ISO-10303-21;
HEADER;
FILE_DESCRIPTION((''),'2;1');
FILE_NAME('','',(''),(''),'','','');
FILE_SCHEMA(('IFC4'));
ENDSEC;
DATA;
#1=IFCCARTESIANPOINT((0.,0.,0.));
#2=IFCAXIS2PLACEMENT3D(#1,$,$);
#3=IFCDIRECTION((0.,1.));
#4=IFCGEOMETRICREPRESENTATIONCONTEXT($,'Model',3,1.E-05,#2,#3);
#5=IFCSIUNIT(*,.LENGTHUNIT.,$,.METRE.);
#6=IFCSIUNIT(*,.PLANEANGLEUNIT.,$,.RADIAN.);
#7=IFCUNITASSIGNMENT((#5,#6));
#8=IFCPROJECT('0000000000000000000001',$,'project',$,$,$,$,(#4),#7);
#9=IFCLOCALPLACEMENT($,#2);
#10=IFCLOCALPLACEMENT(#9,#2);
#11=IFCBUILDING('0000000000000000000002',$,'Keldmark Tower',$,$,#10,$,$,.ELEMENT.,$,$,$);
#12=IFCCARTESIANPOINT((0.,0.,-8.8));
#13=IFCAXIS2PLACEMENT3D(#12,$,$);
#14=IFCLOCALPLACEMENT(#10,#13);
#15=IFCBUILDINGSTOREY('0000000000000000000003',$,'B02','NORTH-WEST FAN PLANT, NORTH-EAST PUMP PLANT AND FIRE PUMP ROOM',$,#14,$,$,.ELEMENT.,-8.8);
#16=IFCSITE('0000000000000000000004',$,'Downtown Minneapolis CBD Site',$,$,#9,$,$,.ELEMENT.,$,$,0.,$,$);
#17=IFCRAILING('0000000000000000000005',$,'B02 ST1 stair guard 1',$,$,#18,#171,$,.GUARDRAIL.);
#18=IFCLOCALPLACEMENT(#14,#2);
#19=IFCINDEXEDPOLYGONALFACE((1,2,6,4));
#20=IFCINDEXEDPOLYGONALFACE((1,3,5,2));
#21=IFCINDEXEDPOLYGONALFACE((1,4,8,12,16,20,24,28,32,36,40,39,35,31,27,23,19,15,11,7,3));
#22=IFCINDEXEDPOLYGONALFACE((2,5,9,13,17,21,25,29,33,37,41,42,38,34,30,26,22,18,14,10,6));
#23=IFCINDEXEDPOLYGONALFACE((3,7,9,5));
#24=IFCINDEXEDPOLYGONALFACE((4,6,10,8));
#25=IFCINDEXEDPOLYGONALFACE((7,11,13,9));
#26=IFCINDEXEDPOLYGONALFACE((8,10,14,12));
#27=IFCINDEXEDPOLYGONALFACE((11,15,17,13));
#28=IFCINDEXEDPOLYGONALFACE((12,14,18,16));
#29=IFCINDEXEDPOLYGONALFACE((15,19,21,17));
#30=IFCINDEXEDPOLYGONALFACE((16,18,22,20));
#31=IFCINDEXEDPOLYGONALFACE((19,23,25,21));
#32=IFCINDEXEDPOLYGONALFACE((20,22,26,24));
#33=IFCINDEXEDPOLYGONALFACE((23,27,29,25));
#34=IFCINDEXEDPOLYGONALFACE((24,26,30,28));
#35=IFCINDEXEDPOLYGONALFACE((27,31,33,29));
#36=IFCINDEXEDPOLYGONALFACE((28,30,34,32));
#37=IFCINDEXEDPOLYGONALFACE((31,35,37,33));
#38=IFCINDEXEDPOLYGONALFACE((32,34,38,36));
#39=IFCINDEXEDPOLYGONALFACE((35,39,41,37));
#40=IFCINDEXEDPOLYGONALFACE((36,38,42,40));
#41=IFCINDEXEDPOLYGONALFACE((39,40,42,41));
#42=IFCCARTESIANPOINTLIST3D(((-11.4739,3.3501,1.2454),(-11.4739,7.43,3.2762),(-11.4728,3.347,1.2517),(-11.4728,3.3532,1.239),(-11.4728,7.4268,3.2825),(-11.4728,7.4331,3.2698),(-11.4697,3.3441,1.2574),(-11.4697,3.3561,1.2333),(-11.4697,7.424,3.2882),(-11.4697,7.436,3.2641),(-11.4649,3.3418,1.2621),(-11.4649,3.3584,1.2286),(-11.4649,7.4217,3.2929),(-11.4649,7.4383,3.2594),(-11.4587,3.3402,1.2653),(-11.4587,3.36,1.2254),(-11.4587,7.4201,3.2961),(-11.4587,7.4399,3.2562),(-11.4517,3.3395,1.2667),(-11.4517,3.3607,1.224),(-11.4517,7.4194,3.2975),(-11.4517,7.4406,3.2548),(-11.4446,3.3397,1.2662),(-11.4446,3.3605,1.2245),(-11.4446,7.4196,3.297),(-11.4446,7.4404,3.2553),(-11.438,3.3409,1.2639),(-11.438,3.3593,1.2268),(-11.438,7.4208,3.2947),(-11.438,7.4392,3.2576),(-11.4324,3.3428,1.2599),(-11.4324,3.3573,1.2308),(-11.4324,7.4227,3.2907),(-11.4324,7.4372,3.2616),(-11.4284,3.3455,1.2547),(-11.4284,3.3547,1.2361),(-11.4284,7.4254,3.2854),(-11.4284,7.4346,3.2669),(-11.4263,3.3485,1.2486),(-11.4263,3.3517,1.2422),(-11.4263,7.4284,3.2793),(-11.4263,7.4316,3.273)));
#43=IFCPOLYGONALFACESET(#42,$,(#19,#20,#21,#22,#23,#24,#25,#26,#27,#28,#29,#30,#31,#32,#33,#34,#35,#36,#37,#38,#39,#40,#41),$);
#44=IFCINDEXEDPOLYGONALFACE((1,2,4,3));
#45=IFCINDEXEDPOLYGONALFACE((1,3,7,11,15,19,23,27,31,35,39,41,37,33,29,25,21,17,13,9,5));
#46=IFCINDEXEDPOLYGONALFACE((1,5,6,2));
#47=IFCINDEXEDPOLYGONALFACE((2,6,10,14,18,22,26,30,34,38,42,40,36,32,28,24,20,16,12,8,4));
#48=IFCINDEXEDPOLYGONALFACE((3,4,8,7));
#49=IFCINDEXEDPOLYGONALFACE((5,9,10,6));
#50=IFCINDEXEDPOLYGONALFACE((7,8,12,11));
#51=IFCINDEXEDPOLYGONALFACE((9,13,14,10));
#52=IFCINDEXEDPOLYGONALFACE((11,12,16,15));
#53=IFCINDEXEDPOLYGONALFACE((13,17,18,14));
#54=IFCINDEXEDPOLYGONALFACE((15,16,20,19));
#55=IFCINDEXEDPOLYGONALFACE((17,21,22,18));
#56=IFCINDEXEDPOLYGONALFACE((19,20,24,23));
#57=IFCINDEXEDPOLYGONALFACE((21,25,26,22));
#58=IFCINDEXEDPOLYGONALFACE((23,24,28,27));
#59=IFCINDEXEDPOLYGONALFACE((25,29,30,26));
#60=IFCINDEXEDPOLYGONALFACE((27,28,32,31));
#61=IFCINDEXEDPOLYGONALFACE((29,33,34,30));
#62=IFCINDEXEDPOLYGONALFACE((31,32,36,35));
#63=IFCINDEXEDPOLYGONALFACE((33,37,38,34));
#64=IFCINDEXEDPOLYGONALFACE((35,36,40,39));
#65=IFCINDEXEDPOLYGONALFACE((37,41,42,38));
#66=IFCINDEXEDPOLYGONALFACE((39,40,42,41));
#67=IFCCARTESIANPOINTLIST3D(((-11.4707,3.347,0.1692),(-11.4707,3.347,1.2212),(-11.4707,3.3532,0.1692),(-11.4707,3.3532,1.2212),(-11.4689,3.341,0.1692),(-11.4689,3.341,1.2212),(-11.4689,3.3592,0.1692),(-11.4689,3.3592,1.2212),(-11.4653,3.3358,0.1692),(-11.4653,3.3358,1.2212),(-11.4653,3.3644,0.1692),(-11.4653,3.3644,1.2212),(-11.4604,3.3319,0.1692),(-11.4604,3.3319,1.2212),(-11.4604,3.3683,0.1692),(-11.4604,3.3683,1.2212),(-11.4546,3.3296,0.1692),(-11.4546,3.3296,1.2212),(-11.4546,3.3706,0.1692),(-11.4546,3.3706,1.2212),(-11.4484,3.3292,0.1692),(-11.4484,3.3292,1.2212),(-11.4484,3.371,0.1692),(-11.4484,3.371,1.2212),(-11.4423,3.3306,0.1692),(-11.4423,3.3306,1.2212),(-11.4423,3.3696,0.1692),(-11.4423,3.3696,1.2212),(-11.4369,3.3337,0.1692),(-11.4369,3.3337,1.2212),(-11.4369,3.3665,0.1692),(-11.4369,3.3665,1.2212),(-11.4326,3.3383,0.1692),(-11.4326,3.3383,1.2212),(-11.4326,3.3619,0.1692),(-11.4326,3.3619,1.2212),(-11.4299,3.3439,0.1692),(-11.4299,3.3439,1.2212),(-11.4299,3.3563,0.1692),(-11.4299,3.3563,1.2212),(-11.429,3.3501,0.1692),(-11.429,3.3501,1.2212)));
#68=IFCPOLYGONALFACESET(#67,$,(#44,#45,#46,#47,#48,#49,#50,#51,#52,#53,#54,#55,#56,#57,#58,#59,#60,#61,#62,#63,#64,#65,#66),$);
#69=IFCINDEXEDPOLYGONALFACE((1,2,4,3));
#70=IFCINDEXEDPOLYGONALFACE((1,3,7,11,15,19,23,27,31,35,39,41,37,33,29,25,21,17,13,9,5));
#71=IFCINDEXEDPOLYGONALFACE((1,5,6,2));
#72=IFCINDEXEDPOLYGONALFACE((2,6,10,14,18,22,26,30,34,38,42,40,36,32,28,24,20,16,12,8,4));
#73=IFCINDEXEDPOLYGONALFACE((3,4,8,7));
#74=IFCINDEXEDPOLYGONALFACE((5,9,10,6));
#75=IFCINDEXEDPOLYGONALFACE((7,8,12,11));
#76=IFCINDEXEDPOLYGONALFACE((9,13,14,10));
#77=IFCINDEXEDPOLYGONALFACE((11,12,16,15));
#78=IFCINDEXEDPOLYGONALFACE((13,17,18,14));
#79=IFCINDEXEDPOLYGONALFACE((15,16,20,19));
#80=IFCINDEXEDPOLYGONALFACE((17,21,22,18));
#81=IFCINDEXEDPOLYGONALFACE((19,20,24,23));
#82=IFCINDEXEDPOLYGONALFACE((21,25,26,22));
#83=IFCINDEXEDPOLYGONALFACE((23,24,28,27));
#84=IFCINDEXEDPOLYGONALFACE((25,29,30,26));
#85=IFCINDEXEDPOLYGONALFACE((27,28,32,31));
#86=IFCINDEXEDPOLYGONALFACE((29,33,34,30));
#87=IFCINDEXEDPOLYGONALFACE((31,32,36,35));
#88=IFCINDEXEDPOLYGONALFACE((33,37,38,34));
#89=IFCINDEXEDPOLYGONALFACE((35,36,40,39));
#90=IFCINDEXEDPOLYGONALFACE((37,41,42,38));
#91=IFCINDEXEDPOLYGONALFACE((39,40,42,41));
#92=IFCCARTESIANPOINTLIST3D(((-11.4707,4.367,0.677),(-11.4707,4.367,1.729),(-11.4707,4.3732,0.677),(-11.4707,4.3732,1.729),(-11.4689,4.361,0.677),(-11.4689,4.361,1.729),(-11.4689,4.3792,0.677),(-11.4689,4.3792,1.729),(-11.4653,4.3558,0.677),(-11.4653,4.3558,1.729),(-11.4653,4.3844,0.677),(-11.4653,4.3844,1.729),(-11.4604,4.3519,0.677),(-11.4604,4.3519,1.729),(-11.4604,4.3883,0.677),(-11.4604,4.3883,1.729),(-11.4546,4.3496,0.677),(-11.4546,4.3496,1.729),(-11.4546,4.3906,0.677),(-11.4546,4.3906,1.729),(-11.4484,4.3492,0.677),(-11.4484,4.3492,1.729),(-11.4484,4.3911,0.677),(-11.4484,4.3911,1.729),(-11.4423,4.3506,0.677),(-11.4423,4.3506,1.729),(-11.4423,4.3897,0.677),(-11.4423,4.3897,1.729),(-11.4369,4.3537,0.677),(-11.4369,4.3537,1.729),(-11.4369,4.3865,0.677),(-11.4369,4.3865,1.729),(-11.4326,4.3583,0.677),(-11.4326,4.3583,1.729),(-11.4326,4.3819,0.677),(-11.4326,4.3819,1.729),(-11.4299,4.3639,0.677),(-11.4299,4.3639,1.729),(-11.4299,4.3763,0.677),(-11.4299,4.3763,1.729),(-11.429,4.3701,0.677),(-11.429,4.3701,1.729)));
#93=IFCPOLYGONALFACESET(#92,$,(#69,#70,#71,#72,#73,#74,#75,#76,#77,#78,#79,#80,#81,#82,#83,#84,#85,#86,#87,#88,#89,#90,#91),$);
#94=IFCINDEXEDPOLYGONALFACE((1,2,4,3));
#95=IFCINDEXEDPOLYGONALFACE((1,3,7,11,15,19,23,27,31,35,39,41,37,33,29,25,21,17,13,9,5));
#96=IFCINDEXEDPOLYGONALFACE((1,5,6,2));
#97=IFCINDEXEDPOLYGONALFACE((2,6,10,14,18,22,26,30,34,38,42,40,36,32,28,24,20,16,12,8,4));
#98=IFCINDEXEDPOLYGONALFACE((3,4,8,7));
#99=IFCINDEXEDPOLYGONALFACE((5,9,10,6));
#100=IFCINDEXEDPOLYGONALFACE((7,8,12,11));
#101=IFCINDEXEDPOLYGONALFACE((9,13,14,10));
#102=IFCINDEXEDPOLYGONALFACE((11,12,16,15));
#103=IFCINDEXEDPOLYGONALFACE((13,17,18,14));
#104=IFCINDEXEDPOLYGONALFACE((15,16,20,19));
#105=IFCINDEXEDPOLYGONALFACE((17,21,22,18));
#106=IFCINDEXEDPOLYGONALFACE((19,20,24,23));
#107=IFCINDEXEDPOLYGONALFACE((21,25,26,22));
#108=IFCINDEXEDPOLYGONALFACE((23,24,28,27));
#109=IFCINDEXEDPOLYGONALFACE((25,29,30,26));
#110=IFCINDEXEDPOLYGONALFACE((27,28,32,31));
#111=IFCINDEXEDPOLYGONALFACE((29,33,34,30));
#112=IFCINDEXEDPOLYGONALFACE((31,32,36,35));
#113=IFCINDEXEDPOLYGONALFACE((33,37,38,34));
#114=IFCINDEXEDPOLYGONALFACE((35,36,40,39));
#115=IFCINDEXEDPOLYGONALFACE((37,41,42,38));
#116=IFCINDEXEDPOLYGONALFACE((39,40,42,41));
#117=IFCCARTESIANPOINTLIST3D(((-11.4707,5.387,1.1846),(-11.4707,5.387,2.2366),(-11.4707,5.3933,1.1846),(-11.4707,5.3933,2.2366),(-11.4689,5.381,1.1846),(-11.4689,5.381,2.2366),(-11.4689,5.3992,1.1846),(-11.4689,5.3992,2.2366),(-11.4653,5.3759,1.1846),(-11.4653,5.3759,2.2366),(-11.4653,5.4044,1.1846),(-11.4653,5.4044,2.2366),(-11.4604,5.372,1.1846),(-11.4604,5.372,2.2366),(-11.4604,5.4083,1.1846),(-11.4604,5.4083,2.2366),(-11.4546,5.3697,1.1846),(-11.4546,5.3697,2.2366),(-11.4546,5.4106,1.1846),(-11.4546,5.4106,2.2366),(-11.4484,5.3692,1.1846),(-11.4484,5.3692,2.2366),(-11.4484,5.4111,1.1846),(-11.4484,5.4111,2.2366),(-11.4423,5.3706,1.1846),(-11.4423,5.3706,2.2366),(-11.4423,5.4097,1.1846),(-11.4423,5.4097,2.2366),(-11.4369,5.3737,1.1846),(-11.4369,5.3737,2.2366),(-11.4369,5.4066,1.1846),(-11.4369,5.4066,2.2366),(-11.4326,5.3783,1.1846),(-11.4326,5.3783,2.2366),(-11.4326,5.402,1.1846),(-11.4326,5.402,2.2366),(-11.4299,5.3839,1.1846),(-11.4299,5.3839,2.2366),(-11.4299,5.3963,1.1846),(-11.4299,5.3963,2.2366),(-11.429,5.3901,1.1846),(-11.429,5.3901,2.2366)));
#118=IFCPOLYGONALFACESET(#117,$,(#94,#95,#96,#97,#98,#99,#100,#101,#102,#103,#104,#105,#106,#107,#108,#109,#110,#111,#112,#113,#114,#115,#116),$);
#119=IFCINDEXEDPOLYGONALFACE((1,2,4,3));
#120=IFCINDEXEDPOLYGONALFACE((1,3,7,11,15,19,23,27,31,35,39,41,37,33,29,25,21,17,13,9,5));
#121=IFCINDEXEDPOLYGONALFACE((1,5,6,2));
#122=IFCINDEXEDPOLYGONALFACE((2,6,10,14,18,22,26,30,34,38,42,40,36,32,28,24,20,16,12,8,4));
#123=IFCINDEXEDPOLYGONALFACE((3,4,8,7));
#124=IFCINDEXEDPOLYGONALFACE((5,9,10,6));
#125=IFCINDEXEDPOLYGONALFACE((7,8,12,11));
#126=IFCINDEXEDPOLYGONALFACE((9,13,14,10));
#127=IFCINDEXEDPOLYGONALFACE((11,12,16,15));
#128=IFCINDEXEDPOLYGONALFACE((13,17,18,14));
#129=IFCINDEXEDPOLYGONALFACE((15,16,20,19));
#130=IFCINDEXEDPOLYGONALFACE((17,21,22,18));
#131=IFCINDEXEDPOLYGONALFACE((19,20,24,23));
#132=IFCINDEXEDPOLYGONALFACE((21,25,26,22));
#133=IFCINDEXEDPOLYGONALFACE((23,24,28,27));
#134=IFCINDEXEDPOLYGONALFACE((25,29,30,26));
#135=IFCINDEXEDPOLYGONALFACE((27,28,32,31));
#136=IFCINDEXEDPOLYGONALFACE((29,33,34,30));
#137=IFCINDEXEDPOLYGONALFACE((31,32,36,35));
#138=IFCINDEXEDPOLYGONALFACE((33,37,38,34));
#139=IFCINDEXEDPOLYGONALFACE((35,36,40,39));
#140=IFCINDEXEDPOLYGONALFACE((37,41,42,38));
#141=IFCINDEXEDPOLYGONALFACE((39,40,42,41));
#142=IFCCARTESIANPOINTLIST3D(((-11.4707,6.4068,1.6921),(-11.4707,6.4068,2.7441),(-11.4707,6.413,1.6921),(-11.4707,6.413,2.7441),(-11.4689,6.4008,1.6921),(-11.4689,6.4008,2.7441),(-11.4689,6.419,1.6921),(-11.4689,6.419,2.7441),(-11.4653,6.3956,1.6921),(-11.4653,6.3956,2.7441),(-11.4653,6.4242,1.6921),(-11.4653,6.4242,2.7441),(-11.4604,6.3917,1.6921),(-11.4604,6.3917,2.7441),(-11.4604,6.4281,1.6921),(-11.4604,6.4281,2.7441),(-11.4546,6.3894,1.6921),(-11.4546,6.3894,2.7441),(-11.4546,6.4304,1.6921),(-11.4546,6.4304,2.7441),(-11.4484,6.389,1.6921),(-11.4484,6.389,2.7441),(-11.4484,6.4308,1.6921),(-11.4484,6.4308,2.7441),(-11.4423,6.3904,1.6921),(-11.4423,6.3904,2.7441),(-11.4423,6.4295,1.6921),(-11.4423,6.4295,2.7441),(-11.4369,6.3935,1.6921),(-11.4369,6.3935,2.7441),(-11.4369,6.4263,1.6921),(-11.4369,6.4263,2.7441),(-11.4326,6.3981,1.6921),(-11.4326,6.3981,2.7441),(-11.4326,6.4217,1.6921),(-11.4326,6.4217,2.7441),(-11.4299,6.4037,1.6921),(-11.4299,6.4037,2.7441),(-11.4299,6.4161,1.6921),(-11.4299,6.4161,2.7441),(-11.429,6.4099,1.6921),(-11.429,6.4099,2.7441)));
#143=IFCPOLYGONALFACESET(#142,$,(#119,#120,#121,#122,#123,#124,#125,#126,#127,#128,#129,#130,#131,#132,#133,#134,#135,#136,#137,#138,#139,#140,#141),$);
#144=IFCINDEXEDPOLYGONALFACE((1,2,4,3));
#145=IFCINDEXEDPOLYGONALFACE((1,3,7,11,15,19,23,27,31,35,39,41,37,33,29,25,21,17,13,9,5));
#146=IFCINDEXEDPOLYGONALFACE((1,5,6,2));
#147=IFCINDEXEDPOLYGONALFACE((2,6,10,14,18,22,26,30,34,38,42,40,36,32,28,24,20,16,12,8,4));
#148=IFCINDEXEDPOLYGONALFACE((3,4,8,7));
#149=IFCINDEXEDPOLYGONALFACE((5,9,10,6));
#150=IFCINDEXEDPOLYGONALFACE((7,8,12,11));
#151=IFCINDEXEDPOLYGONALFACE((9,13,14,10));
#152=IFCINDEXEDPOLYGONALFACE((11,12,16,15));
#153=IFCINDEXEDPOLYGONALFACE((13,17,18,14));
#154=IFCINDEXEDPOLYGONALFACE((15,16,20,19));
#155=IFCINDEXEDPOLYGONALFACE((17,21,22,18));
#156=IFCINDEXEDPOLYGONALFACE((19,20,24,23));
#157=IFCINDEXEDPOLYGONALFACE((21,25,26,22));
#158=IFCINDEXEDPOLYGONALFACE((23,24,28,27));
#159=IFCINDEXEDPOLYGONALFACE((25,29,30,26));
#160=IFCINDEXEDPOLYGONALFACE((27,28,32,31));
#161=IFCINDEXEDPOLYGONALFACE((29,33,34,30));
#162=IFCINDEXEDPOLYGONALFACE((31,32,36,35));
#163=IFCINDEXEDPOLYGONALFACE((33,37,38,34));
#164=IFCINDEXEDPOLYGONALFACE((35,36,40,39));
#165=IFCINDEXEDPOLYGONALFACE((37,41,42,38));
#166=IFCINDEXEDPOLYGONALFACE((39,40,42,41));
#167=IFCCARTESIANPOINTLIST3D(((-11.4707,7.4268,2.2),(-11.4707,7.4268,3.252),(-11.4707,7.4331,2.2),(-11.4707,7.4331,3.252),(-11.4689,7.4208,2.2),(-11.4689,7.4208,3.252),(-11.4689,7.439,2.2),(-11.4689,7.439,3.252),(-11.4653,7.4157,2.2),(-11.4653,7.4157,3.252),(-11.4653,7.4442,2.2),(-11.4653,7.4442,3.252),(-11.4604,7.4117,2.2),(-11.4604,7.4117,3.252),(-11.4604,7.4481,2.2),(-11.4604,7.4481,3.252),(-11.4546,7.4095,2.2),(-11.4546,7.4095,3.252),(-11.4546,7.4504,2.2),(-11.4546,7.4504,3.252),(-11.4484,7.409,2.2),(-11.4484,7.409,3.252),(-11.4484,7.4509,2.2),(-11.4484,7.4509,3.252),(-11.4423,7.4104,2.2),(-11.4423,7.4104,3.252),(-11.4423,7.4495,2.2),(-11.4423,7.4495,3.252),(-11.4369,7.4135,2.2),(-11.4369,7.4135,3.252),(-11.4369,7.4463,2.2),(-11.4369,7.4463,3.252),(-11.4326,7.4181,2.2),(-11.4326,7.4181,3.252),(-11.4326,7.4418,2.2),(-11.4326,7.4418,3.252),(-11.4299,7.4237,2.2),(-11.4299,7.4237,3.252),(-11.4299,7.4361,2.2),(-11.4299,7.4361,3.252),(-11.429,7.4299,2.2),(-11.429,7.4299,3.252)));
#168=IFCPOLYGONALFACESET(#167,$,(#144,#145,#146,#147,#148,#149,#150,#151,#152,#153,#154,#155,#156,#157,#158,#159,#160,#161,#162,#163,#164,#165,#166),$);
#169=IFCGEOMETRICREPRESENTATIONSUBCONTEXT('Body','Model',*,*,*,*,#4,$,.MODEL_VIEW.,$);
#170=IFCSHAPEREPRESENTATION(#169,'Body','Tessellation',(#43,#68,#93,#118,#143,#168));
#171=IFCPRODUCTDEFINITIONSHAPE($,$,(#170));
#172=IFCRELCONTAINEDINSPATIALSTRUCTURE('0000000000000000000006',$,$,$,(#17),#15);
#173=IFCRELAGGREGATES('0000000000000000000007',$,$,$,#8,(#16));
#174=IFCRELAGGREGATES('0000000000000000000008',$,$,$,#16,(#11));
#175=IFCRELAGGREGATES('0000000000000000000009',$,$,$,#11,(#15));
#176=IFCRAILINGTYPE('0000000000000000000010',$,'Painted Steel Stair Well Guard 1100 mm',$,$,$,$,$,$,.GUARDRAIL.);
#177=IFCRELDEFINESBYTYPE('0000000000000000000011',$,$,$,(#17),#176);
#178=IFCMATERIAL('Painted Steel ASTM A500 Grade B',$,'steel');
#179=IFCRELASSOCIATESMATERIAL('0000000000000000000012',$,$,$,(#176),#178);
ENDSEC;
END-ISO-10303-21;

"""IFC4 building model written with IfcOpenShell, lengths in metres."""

from ifc_helpers import new_model, si_unit, direction, frame, origin, origin_2d, place, context, subcontext, project, spatial, circle, extrude, material, type_object, element, save


model = new_model("IFC4")

# Units and contexts
model_context = context("Model", 3, precision=1e-05, world=origin(), true_north=direction((0.0, 1.0)))
body_context = subcontext(model_context, "Body", "Model", "MODEL_VIEW")
ifc_project = project(units=[si_unit("LENGTHUNIT", "METRE"), si_unit("PLANEANGLEUNIT", "RADIAN")], contexts=[model_context])

# Site, building, storey
site_placement = place(None, origin())
site = spatial("IfcSite", under=ifc_project, at=site_placement, Name="Downtown Minneapolis CBD Site", CompositionType="ELEMENT", RefElevation=0.0)
building_placement = place(site_placement, origin())
building = spatial("IfcBuilding", under=site, at=building_placement, Name="Keldmark Tower", CompositionType="ELEMENT")
storey_placement = place(building_placement, frame((0.0, 0.0, -8.8)))
storey = spatial("IfcBuildingStorey", under=building, at=storey_placement, Name="B02", Description="NORTH-WEST FAN PLANT, NORTH-EAST PUMP PLANT AND FIRE PUMP ROOM", CompositionType="ELEMENT", Elevation=-8.8)

# Railing
ifc_material_1 = material(Name="Painted Steel ASTM A500 Grade B", Category="steel")
railing_type_1 = type_object("IfcRailingType", Name="Painted Steel Stair Well Guard 1100 mm", PredefinedType="GUARDRAIL", material=ifc_material_1)
railing_1_placement = place(storey_placement, frame((-11.45, 3.3501, 0.1692)))
element("IfcRailing", 1, at=railing_1_placement, inside=storey, type_object=railing_type_1, Name="B02 ST1 stair guard 1", PredefinedType="GUARDRAIL", context=body_context, shape_type="SweptSolid", body=[
    extrude(circle(Radius=0.0239, at=origin_2d()), frame((0.0, 0.0, 1.0762), z_axis=(0.0, 0.895229, 0.445606), x_axis=(-1.0, 0.0, 0.0)), (0.0, 0.0, 1.0), 4.5574),
    extrude(circle(Radius=0.021, at=origin_2d()), origin(), (0.0, 0.0, 1.0), 1.052),
    extrude(circle(Radius=0.021, at=origin_2d()), frame((0.0, 1.02, 0.5078)), (0.0, 0.0, 1.0), 1.052),
    extrude(circle(Radius=0.021, at=origin_2d()), frame((0.0, 2.04, 1.0154)), (0.0, 0.0, 1.0), 1.052),
    extrude(circle(Radius=0.021, at=origin_2d()), frame((0.0, 3.0598, 1.5229)), (0.0, 0.0, 1.0), 1.052),
    extrude(circle(Radius=0.021, at=origin_2d()), frame((0.0, 4.0798, 2.0308)), (0.0, 0.0, 1.0), 1.052),
])

save(model, "model.ifc")
